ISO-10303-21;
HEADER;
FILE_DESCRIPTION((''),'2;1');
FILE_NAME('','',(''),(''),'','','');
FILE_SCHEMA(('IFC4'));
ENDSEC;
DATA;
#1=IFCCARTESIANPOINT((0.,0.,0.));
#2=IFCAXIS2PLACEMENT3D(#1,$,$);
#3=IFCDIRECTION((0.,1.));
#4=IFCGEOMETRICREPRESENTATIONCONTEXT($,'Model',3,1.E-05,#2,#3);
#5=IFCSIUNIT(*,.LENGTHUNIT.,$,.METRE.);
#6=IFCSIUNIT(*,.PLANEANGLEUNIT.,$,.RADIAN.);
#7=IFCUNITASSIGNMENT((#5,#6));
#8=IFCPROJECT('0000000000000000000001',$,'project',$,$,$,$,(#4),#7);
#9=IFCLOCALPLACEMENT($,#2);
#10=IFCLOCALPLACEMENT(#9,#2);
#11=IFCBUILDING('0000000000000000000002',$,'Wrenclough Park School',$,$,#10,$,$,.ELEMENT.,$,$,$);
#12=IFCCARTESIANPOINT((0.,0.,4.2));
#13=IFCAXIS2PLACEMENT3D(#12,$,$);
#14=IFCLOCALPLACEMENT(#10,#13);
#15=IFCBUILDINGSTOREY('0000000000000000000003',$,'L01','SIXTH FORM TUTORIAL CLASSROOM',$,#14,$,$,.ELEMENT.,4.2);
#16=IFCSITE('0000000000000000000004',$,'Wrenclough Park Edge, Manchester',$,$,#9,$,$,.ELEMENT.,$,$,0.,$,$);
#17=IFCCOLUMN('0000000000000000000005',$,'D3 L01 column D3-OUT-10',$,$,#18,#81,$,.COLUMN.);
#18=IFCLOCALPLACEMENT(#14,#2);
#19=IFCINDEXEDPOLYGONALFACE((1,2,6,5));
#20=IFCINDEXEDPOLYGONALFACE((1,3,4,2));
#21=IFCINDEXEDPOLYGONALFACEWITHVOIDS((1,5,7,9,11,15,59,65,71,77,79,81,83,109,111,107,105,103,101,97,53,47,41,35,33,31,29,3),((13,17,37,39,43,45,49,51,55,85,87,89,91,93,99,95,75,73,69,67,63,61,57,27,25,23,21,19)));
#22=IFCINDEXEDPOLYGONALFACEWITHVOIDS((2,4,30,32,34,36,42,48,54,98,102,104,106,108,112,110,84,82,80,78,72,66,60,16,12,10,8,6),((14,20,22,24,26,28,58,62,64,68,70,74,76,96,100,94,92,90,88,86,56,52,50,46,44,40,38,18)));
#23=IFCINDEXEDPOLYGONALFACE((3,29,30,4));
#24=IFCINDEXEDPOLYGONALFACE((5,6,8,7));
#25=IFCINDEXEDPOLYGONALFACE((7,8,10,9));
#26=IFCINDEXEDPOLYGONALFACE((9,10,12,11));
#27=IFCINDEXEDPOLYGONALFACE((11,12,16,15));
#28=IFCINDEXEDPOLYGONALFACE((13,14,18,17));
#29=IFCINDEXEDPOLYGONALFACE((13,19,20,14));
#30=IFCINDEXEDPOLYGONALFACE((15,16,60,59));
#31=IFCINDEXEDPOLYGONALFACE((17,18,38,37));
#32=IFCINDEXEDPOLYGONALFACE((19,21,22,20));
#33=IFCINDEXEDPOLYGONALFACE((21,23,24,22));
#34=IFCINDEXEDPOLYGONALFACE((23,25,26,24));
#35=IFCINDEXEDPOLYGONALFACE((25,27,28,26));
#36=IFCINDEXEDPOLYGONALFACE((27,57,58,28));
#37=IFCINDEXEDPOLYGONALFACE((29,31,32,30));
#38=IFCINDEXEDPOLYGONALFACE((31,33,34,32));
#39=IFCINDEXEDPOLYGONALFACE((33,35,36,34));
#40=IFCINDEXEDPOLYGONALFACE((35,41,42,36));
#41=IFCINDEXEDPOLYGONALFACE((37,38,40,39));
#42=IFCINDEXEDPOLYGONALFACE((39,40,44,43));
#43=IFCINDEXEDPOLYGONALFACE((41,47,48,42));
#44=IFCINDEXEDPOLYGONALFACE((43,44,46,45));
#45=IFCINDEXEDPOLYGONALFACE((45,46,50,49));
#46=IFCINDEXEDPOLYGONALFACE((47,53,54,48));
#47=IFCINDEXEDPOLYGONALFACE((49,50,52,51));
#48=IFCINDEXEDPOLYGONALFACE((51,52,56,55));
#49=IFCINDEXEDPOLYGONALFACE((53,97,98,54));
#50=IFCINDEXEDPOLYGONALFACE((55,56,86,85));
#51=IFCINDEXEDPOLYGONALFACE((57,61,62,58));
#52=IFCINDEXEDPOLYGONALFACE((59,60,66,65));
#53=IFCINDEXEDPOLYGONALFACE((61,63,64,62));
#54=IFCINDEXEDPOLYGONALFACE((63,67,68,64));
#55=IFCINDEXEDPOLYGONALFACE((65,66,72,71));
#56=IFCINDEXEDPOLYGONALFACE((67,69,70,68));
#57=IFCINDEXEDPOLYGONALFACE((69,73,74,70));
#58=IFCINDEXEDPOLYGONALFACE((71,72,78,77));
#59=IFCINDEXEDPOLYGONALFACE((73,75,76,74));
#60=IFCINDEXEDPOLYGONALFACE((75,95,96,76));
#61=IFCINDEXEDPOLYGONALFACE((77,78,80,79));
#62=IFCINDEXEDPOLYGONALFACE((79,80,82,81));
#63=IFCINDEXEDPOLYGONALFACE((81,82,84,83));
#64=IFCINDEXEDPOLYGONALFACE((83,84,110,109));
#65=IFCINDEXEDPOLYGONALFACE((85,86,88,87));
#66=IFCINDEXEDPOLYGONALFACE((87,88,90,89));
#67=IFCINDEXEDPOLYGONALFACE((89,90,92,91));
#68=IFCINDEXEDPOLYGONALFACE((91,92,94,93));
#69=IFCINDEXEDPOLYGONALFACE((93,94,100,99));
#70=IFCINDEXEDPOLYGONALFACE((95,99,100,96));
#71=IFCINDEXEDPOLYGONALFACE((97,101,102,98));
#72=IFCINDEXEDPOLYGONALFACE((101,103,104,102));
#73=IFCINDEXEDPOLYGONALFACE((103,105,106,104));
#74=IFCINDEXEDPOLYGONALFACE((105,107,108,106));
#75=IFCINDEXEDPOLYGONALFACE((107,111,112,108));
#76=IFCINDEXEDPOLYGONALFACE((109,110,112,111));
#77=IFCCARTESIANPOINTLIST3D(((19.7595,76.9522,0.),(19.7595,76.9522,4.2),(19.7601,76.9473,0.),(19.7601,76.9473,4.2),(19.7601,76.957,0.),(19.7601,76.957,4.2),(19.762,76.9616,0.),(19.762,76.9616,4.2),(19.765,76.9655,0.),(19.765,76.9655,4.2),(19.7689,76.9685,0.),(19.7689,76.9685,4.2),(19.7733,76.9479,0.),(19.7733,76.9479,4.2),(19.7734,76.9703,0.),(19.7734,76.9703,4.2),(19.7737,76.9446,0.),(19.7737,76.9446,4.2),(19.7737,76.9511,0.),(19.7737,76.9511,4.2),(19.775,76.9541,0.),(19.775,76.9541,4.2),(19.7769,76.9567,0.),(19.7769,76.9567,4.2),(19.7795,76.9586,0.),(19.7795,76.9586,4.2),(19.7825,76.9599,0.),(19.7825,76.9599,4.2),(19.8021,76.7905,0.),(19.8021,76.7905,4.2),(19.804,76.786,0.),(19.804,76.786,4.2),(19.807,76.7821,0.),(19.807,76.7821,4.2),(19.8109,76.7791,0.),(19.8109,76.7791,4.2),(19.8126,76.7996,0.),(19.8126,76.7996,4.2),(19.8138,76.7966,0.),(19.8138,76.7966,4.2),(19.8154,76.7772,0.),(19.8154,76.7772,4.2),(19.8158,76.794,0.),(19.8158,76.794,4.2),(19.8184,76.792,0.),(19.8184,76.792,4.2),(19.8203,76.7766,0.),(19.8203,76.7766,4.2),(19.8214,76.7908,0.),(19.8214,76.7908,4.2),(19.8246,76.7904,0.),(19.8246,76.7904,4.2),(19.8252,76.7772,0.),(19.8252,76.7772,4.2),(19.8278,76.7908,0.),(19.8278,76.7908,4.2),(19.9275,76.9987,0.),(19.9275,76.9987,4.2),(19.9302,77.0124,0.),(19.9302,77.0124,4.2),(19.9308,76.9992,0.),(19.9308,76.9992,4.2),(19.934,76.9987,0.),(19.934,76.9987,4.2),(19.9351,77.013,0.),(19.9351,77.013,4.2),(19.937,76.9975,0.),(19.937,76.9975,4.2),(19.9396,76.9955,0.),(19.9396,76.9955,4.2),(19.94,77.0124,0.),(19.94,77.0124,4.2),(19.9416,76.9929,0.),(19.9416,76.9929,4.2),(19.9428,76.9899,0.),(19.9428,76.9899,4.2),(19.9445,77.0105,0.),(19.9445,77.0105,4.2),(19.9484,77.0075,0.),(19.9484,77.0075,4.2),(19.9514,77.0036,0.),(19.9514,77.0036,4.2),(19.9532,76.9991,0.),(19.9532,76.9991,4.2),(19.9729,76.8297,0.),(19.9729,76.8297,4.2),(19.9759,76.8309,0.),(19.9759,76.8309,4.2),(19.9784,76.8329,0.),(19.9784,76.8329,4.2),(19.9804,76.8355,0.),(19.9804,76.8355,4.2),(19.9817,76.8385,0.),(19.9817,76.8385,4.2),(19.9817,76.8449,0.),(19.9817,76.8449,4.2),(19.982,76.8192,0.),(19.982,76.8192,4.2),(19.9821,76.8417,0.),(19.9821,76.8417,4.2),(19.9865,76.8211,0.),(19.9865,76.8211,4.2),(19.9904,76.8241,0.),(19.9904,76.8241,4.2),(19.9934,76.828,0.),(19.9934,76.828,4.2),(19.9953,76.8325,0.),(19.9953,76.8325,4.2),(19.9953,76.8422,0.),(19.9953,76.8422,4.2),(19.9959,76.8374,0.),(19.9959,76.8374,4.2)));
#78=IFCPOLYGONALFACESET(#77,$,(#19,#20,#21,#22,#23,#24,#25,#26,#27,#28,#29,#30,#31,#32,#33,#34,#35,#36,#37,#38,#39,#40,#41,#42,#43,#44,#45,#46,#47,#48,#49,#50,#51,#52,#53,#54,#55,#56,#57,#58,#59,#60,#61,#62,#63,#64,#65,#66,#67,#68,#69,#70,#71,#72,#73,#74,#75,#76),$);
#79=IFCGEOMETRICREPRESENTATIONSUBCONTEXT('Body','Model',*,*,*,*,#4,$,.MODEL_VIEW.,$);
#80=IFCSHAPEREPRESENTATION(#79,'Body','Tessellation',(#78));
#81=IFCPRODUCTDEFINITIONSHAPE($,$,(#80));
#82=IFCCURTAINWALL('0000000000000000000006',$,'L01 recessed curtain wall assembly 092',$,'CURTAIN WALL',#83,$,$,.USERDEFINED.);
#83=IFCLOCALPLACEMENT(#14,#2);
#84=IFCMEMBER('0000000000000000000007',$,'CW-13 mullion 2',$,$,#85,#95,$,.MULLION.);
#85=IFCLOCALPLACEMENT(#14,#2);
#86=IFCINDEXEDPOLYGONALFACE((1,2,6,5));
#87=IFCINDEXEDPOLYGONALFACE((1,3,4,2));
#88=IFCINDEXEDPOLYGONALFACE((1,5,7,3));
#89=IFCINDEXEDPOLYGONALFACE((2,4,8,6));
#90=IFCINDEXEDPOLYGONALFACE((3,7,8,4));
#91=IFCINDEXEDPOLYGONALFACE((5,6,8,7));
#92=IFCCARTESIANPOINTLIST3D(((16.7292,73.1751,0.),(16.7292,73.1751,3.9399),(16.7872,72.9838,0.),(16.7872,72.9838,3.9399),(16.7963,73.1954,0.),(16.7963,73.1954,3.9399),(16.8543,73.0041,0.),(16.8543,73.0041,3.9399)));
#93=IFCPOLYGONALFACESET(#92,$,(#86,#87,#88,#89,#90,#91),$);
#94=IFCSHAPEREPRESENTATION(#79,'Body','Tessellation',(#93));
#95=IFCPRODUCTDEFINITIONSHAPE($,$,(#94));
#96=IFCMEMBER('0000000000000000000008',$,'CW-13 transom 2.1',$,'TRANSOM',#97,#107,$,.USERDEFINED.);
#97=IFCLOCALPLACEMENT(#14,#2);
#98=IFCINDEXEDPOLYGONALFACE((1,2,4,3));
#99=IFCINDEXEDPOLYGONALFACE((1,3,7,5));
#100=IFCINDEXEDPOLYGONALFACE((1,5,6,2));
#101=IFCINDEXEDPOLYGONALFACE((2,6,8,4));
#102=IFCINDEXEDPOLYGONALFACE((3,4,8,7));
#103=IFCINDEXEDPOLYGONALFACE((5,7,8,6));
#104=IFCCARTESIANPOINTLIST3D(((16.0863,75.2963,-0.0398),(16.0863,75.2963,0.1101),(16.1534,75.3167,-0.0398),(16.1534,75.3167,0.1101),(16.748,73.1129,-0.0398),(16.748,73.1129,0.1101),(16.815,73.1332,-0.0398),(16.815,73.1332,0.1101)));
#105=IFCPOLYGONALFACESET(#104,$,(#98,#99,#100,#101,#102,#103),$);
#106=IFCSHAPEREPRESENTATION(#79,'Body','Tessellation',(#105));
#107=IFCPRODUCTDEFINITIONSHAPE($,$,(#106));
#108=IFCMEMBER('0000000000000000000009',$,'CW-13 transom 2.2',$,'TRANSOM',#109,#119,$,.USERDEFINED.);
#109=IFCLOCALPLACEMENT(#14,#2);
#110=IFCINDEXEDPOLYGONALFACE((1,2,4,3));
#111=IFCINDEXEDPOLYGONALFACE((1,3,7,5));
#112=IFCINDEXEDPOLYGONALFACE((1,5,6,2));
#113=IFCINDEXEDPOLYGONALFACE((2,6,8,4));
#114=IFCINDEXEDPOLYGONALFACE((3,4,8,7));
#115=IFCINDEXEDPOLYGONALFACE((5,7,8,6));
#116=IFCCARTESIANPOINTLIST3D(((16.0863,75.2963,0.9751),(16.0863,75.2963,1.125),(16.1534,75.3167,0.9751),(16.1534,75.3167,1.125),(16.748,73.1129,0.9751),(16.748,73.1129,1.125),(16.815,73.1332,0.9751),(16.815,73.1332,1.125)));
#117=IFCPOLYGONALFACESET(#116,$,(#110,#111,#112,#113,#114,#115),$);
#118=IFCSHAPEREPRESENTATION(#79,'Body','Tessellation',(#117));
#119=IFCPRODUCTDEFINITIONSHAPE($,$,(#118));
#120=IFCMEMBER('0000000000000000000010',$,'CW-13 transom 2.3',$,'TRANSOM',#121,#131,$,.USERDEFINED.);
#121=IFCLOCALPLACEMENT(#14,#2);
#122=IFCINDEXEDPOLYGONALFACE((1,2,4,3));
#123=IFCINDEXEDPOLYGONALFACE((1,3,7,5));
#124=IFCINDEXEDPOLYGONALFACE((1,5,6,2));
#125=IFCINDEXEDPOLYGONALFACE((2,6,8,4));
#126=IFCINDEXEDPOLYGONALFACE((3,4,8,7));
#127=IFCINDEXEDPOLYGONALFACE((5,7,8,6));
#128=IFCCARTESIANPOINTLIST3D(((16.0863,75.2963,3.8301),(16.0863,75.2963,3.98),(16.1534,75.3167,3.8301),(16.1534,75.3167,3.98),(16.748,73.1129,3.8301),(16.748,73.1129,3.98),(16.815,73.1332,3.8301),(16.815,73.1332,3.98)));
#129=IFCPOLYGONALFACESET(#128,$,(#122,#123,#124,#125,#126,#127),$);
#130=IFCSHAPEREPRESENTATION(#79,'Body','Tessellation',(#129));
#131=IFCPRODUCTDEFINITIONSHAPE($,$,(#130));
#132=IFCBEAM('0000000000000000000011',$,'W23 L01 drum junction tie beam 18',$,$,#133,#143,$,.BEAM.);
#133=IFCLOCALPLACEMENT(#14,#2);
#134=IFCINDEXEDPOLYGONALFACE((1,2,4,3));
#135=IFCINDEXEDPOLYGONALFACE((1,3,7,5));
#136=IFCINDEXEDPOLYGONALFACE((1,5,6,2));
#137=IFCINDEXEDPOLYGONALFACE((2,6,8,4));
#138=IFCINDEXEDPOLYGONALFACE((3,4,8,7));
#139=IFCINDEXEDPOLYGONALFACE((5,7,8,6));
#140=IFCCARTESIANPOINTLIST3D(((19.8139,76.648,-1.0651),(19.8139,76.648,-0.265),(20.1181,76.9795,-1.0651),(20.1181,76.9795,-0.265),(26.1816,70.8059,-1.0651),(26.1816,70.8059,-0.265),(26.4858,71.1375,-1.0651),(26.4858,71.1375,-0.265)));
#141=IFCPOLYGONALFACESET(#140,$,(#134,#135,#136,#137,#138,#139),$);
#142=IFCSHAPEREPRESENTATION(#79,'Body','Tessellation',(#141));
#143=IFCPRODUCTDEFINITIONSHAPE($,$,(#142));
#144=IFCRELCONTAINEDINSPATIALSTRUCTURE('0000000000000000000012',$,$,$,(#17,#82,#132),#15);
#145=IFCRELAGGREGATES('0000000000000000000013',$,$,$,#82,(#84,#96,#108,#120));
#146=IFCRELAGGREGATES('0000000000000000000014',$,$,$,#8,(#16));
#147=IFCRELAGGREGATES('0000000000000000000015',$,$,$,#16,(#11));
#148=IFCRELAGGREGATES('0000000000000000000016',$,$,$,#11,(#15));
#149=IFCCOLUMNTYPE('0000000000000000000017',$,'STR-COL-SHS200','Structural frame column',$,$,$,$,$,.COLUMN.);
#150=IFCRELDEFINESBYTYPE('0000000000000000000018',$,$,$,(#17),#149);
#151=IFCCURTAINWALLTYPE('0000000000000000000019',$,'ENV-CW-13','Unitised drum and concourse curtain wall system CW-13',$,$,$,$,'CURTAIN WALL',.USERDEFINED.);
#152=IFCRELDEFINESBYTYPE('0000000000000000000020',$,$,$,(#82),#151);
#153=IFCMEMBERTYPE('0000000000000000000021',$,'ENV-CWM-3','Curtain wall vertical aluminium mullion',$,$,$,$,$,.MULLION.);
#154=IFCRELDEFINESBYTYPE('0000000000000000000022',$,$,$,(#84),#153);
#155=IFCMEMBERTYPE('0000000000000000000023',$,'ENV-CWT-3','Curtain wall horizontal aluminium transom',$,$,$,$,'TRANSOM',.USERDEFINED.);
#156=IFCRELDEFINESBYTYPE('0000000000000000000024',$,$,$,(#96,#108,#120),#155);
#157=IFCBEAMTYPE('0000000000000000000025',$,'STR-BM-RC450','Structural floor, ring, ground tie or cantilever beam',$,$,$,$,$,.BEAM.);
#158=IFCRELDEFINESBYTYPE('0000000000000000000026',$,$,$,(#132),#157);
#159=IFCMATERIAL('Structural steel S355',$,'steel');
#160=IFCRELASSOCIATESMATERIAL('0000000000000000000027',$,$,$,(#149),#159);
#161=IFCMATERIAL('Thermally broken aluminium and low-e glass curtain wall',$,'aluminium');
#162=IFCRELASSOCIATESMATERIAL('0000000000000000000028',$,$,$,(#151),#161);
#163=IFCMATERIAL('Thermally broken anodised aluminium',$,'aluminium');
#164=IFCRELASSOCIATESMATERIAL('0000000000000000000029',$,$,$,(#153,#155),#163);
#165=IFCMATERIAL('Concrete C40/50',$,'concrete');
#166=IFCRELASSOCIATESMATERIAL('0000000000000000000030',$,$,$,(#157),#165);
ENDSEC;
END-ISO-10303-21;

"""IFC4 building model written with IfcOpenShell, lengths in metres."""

from ifc_helpers import new_model, si_unit, direction, frame, origin, origin_2d, place, context, subcontext, project, spatial, rectangle, hollow_rectangle, extrude, material, material_profile, profile_set, type_object, element, aggregate, save


model = new_model("IFC4")

# Units and contexts
model_context = context("Model", 3, precision=1e-05, world=origin(), true_north=direction((0.0, 1.0)))
body_context = subcontext(model_context, "Body", "Model", "MODEL_VIEW")
ifc_project = project(units=[si_unit("LENGTHUNIT", "METRE"), si_unit("PLANEANGLEUNIT", "RADIAN")], contexts=[model_context])

# Site, building, storey
site_placement = place(None, origin())
site = spatial("IfcSite", under=ifc_project, at=site_placement, Name="Wrenclough Park Edge, Manchester", CompositionType="ELEMENT", RefElevation=0.0)
building_placement = place(site_placement, origin())
building = spatial("IfcBuilding", under=site, at=building_placement, Name="Wrenclough Park School", CompositionType="ELEMENT")
storey_placement = place(building_placement, frame((0.0, 0.0, 4.2)))
storey = spatial("IfcBuildingStorey", under=building, at=storey_placement, Name="L01", Description="SIXTH FORM TUTORIAL CLASSROOM", CompositionType="ELEMENT", Elevation=4.2)

# Column
ifc_material_1 = material(Name="Structural steel S355", Category="steel")
ifc_material_profile_1 = material_profile(ifc_material_1, hollow_rectangle(XDim=0.2, YDim=0.2, WallThickness=0.0125, InnerFilletRadius=0.0125, OuterFilletRadius=0.0188, at=origin_2d()), Name="SHS 200x200x12.5")
ifc_profile_set_1 = profile_set([ifc_material_profile_1], Name="Structural steel S355")
column_type = type_object("IfcColumnType", Name="STR-COL-SHS200", Description="Structural frame column", PredefinedType="COLUMN", material=ifc_profile_set_1)
column_placement = place(storey_placement, frame((19.8777, 76.8948, 0.0), z_axis=(0.0, 0.0, 1.0), x_axis=(0.965926, 0.258819, 0.0)))
element("IfcColumn", 1, at=column_placement, inside=storey, type_object=column_type, Name="D3 L01 column D3-OUT-10", PredefinedType="COLUMN", context=body_context, shape_type="SweptSolid", body=[
    extrude(hollow_rectangle(XDim=0.2, YDim=0.2, WallThickness=0.0125, InnerFilletRadius=0.0125, OuterFilletRadius=0.0188, at=origin_2d()), origin(), (0.0, 0.0, 1.0), 4.2),
])

# Curtain wall, members
ifc_material_2 = material(Name="Thermally broken aluminium and low-e glass curtain wall", Category="aluminium")
curtain_wall_type = type_object("IfcCurtainWallType", Name="ENV-CW-13", Description="Unitised drum and concourse curtain wall system CW-13", ElementType="CURTAIN WALL", PredefinedType="USERDEFINED", material=ifc_material_2)
curtain_wall_placement = place(storey_placement, origin())
curtain_wall = element("IfcCurtainWall", 2, at=curtain_wall_placement, inside=storey, type_object=curtain_wall_type, Name="L01 recessed curtain wall assembly 092", ObjectType="CURTAIN WALL", PredefinedType="USERDEFINED")
ifc_material_3 = material(Name="Thermally broken anodised aluminium", Category="aluminium")
ifc_material_profile_2 = material_profile(ifc_material_3, rectangle(XDim=0.0701, YDim=0.2, at=origin_2d()), Name="AL MULLION 70x200")
ifc_profile_set_2 = profile_set([ifc_material_profile_2], Name="Thermally broken anodised aluminium")
member_type_1 = type_object("IfcMemberType", Name="ENV-CWM-3", Description="Curtain wall vertical aluminium mullion", PredefinedType="MULLION", material=ifc_profile_set_2)
member_1_placement = place(storey_placement, frame((16.7917, 73.0896, 0.0), z_axis=(0.0, 0.0, 1.0), x_axis=(-0.95703, -0.289988, 0.0)))
member_1 = element("IfcMember", 3, at=member_1_placement, type_object=member_type_1, Name="CW-13 mullion 2", PredefinedType="MULLION", context=body_context, shape_type="SweptSolid", body=[
    extrude(rectangle(XDim=0.0701, YDim=0.2, at=origin_2d()), origin(), (0.0, 0.0, 1.0), 3.9399),
])
ifc_material_profile_3 = material_profile(ifc_material_3, rectangle(XDim=0.0701, YDim=0.1499, at=origin_2d()), Name="AL TRANSOM 70x150")
ifc_profile_set_3 = profile_set([ifc_material_profile_3], Name="Thermally broken anodised aluminium")
member_type_2 = type_object("IfcMemberType", Name="ENV-CWT-3", Description="Curtain wall horizontal aluminium transom", ElementType="TRANSOM", PredefinedType="USERDEFINED", material=ifc_profile_set_3)
member_2_placement = place(storey_placement, frame((16.7815, 73.123, 0.0352), z_axis=(-0.290007, 0.957024, 0.0), x_axis=(-0.957024, -0.290007, 0.0)))
member_2 = element("IfcMember", 4, at=member_2_placement, type_object=member_type_2, Name="CW-13 transom 2.1", ObjectType="TRANSOM", PredefinedType="USERDEFINED", context=body_context, shape_type="SweptSolid", body=[
    extrude(rectangle(XDim=0.0701, YDim=0.1499, at=origin_2d()), origin(), (0.0, 0.0, 1.0), 2.2815),
])
member_3_placement = place(storey_placement, frame((16.7815, 73.123, 1.05), z_axis=(-0.290007, 0.957024, 0.0), x_axis=(-0.957024, -0.290007, 0.0)))
member_3 = element("IfcMember", 5, at=member_3_placement, type_object=member_type_2, Name="CW-13 transom 2.2", ObjectType="TRANSOM", PredefinedType="USERDEFINED", context=body_context, shape_type="SweptSolid", body=[
    extrude(rectangle(XDim=0.0701, YDim=0.1499, at=origin_2d()), origin(), (0.0, 0.0, 1.0), 2.2815),
])
member_4_placement = place(storey_placement, frame((16.7815, 73.123, 3.905), z_axis=(-0.290007, 0.957024, 0.0), x_axis=(-0.957024, -0.290007, 0.0)))
member_4 = element("IfcMember", 6, at=member_4_placement, type_object=member_type_2, Name="CW-13 transom 2.3", ObjectType="TRANSOM", PredefinedType="USERDEFINED", context=body_context, shape_type="SweptSolid", body=[
    extrude(rectangle(XDim=0.0701, YDim=0.1499, at=origin_2d()), origin(), (0.0, 0.0, 1.0), 2.2815),
])

# Beam
ifc_material_4 = material(Name="Concrete C40/50", Category="concrete")
ifc_material_profile_4 = material_profile(ifc_material_4, rectangle(XDim=0.45, YDim=0.8, at=origin_2d()), Name="RC BEAM 450x800")
ifc_profile_set_4 = profile_set([ifc_material_profile_4], Name="Concrete C40/50")
beam_type_1 = type_object("IfcBeamType", Name="STR-BM-RC450", Description="Structural floor, ring, ground tie or cantilever beam", PredefinedType="BEAM", material=ifc_profile_set_4)
beam_1_placement = place(storey_placement, frame((26.3337, 70.9717, -0.665), z_axis=(-0.736866, 0.676039, 0.0), x_axis=(-0.676039, -0.736866, 0.0)))
element("IfcBeam", 7, at=beam_1_placement, inside=storey, type_object=beam_type_1, Name="W23 L01 drum junction tie beam 18", PredefinedType="BEAM", context=body_context, shape_type="SweptSolid", body=[
    extrude(rectangle(XDim=0.45, YDim=0.8, at=origin_2d()), origin(), (0.0, 0.0, 1.0), 8.6416),
])

aggregate(curtain_wall, [member_1, member_2, member_3, member_4])

save(model, "model.ifc")
